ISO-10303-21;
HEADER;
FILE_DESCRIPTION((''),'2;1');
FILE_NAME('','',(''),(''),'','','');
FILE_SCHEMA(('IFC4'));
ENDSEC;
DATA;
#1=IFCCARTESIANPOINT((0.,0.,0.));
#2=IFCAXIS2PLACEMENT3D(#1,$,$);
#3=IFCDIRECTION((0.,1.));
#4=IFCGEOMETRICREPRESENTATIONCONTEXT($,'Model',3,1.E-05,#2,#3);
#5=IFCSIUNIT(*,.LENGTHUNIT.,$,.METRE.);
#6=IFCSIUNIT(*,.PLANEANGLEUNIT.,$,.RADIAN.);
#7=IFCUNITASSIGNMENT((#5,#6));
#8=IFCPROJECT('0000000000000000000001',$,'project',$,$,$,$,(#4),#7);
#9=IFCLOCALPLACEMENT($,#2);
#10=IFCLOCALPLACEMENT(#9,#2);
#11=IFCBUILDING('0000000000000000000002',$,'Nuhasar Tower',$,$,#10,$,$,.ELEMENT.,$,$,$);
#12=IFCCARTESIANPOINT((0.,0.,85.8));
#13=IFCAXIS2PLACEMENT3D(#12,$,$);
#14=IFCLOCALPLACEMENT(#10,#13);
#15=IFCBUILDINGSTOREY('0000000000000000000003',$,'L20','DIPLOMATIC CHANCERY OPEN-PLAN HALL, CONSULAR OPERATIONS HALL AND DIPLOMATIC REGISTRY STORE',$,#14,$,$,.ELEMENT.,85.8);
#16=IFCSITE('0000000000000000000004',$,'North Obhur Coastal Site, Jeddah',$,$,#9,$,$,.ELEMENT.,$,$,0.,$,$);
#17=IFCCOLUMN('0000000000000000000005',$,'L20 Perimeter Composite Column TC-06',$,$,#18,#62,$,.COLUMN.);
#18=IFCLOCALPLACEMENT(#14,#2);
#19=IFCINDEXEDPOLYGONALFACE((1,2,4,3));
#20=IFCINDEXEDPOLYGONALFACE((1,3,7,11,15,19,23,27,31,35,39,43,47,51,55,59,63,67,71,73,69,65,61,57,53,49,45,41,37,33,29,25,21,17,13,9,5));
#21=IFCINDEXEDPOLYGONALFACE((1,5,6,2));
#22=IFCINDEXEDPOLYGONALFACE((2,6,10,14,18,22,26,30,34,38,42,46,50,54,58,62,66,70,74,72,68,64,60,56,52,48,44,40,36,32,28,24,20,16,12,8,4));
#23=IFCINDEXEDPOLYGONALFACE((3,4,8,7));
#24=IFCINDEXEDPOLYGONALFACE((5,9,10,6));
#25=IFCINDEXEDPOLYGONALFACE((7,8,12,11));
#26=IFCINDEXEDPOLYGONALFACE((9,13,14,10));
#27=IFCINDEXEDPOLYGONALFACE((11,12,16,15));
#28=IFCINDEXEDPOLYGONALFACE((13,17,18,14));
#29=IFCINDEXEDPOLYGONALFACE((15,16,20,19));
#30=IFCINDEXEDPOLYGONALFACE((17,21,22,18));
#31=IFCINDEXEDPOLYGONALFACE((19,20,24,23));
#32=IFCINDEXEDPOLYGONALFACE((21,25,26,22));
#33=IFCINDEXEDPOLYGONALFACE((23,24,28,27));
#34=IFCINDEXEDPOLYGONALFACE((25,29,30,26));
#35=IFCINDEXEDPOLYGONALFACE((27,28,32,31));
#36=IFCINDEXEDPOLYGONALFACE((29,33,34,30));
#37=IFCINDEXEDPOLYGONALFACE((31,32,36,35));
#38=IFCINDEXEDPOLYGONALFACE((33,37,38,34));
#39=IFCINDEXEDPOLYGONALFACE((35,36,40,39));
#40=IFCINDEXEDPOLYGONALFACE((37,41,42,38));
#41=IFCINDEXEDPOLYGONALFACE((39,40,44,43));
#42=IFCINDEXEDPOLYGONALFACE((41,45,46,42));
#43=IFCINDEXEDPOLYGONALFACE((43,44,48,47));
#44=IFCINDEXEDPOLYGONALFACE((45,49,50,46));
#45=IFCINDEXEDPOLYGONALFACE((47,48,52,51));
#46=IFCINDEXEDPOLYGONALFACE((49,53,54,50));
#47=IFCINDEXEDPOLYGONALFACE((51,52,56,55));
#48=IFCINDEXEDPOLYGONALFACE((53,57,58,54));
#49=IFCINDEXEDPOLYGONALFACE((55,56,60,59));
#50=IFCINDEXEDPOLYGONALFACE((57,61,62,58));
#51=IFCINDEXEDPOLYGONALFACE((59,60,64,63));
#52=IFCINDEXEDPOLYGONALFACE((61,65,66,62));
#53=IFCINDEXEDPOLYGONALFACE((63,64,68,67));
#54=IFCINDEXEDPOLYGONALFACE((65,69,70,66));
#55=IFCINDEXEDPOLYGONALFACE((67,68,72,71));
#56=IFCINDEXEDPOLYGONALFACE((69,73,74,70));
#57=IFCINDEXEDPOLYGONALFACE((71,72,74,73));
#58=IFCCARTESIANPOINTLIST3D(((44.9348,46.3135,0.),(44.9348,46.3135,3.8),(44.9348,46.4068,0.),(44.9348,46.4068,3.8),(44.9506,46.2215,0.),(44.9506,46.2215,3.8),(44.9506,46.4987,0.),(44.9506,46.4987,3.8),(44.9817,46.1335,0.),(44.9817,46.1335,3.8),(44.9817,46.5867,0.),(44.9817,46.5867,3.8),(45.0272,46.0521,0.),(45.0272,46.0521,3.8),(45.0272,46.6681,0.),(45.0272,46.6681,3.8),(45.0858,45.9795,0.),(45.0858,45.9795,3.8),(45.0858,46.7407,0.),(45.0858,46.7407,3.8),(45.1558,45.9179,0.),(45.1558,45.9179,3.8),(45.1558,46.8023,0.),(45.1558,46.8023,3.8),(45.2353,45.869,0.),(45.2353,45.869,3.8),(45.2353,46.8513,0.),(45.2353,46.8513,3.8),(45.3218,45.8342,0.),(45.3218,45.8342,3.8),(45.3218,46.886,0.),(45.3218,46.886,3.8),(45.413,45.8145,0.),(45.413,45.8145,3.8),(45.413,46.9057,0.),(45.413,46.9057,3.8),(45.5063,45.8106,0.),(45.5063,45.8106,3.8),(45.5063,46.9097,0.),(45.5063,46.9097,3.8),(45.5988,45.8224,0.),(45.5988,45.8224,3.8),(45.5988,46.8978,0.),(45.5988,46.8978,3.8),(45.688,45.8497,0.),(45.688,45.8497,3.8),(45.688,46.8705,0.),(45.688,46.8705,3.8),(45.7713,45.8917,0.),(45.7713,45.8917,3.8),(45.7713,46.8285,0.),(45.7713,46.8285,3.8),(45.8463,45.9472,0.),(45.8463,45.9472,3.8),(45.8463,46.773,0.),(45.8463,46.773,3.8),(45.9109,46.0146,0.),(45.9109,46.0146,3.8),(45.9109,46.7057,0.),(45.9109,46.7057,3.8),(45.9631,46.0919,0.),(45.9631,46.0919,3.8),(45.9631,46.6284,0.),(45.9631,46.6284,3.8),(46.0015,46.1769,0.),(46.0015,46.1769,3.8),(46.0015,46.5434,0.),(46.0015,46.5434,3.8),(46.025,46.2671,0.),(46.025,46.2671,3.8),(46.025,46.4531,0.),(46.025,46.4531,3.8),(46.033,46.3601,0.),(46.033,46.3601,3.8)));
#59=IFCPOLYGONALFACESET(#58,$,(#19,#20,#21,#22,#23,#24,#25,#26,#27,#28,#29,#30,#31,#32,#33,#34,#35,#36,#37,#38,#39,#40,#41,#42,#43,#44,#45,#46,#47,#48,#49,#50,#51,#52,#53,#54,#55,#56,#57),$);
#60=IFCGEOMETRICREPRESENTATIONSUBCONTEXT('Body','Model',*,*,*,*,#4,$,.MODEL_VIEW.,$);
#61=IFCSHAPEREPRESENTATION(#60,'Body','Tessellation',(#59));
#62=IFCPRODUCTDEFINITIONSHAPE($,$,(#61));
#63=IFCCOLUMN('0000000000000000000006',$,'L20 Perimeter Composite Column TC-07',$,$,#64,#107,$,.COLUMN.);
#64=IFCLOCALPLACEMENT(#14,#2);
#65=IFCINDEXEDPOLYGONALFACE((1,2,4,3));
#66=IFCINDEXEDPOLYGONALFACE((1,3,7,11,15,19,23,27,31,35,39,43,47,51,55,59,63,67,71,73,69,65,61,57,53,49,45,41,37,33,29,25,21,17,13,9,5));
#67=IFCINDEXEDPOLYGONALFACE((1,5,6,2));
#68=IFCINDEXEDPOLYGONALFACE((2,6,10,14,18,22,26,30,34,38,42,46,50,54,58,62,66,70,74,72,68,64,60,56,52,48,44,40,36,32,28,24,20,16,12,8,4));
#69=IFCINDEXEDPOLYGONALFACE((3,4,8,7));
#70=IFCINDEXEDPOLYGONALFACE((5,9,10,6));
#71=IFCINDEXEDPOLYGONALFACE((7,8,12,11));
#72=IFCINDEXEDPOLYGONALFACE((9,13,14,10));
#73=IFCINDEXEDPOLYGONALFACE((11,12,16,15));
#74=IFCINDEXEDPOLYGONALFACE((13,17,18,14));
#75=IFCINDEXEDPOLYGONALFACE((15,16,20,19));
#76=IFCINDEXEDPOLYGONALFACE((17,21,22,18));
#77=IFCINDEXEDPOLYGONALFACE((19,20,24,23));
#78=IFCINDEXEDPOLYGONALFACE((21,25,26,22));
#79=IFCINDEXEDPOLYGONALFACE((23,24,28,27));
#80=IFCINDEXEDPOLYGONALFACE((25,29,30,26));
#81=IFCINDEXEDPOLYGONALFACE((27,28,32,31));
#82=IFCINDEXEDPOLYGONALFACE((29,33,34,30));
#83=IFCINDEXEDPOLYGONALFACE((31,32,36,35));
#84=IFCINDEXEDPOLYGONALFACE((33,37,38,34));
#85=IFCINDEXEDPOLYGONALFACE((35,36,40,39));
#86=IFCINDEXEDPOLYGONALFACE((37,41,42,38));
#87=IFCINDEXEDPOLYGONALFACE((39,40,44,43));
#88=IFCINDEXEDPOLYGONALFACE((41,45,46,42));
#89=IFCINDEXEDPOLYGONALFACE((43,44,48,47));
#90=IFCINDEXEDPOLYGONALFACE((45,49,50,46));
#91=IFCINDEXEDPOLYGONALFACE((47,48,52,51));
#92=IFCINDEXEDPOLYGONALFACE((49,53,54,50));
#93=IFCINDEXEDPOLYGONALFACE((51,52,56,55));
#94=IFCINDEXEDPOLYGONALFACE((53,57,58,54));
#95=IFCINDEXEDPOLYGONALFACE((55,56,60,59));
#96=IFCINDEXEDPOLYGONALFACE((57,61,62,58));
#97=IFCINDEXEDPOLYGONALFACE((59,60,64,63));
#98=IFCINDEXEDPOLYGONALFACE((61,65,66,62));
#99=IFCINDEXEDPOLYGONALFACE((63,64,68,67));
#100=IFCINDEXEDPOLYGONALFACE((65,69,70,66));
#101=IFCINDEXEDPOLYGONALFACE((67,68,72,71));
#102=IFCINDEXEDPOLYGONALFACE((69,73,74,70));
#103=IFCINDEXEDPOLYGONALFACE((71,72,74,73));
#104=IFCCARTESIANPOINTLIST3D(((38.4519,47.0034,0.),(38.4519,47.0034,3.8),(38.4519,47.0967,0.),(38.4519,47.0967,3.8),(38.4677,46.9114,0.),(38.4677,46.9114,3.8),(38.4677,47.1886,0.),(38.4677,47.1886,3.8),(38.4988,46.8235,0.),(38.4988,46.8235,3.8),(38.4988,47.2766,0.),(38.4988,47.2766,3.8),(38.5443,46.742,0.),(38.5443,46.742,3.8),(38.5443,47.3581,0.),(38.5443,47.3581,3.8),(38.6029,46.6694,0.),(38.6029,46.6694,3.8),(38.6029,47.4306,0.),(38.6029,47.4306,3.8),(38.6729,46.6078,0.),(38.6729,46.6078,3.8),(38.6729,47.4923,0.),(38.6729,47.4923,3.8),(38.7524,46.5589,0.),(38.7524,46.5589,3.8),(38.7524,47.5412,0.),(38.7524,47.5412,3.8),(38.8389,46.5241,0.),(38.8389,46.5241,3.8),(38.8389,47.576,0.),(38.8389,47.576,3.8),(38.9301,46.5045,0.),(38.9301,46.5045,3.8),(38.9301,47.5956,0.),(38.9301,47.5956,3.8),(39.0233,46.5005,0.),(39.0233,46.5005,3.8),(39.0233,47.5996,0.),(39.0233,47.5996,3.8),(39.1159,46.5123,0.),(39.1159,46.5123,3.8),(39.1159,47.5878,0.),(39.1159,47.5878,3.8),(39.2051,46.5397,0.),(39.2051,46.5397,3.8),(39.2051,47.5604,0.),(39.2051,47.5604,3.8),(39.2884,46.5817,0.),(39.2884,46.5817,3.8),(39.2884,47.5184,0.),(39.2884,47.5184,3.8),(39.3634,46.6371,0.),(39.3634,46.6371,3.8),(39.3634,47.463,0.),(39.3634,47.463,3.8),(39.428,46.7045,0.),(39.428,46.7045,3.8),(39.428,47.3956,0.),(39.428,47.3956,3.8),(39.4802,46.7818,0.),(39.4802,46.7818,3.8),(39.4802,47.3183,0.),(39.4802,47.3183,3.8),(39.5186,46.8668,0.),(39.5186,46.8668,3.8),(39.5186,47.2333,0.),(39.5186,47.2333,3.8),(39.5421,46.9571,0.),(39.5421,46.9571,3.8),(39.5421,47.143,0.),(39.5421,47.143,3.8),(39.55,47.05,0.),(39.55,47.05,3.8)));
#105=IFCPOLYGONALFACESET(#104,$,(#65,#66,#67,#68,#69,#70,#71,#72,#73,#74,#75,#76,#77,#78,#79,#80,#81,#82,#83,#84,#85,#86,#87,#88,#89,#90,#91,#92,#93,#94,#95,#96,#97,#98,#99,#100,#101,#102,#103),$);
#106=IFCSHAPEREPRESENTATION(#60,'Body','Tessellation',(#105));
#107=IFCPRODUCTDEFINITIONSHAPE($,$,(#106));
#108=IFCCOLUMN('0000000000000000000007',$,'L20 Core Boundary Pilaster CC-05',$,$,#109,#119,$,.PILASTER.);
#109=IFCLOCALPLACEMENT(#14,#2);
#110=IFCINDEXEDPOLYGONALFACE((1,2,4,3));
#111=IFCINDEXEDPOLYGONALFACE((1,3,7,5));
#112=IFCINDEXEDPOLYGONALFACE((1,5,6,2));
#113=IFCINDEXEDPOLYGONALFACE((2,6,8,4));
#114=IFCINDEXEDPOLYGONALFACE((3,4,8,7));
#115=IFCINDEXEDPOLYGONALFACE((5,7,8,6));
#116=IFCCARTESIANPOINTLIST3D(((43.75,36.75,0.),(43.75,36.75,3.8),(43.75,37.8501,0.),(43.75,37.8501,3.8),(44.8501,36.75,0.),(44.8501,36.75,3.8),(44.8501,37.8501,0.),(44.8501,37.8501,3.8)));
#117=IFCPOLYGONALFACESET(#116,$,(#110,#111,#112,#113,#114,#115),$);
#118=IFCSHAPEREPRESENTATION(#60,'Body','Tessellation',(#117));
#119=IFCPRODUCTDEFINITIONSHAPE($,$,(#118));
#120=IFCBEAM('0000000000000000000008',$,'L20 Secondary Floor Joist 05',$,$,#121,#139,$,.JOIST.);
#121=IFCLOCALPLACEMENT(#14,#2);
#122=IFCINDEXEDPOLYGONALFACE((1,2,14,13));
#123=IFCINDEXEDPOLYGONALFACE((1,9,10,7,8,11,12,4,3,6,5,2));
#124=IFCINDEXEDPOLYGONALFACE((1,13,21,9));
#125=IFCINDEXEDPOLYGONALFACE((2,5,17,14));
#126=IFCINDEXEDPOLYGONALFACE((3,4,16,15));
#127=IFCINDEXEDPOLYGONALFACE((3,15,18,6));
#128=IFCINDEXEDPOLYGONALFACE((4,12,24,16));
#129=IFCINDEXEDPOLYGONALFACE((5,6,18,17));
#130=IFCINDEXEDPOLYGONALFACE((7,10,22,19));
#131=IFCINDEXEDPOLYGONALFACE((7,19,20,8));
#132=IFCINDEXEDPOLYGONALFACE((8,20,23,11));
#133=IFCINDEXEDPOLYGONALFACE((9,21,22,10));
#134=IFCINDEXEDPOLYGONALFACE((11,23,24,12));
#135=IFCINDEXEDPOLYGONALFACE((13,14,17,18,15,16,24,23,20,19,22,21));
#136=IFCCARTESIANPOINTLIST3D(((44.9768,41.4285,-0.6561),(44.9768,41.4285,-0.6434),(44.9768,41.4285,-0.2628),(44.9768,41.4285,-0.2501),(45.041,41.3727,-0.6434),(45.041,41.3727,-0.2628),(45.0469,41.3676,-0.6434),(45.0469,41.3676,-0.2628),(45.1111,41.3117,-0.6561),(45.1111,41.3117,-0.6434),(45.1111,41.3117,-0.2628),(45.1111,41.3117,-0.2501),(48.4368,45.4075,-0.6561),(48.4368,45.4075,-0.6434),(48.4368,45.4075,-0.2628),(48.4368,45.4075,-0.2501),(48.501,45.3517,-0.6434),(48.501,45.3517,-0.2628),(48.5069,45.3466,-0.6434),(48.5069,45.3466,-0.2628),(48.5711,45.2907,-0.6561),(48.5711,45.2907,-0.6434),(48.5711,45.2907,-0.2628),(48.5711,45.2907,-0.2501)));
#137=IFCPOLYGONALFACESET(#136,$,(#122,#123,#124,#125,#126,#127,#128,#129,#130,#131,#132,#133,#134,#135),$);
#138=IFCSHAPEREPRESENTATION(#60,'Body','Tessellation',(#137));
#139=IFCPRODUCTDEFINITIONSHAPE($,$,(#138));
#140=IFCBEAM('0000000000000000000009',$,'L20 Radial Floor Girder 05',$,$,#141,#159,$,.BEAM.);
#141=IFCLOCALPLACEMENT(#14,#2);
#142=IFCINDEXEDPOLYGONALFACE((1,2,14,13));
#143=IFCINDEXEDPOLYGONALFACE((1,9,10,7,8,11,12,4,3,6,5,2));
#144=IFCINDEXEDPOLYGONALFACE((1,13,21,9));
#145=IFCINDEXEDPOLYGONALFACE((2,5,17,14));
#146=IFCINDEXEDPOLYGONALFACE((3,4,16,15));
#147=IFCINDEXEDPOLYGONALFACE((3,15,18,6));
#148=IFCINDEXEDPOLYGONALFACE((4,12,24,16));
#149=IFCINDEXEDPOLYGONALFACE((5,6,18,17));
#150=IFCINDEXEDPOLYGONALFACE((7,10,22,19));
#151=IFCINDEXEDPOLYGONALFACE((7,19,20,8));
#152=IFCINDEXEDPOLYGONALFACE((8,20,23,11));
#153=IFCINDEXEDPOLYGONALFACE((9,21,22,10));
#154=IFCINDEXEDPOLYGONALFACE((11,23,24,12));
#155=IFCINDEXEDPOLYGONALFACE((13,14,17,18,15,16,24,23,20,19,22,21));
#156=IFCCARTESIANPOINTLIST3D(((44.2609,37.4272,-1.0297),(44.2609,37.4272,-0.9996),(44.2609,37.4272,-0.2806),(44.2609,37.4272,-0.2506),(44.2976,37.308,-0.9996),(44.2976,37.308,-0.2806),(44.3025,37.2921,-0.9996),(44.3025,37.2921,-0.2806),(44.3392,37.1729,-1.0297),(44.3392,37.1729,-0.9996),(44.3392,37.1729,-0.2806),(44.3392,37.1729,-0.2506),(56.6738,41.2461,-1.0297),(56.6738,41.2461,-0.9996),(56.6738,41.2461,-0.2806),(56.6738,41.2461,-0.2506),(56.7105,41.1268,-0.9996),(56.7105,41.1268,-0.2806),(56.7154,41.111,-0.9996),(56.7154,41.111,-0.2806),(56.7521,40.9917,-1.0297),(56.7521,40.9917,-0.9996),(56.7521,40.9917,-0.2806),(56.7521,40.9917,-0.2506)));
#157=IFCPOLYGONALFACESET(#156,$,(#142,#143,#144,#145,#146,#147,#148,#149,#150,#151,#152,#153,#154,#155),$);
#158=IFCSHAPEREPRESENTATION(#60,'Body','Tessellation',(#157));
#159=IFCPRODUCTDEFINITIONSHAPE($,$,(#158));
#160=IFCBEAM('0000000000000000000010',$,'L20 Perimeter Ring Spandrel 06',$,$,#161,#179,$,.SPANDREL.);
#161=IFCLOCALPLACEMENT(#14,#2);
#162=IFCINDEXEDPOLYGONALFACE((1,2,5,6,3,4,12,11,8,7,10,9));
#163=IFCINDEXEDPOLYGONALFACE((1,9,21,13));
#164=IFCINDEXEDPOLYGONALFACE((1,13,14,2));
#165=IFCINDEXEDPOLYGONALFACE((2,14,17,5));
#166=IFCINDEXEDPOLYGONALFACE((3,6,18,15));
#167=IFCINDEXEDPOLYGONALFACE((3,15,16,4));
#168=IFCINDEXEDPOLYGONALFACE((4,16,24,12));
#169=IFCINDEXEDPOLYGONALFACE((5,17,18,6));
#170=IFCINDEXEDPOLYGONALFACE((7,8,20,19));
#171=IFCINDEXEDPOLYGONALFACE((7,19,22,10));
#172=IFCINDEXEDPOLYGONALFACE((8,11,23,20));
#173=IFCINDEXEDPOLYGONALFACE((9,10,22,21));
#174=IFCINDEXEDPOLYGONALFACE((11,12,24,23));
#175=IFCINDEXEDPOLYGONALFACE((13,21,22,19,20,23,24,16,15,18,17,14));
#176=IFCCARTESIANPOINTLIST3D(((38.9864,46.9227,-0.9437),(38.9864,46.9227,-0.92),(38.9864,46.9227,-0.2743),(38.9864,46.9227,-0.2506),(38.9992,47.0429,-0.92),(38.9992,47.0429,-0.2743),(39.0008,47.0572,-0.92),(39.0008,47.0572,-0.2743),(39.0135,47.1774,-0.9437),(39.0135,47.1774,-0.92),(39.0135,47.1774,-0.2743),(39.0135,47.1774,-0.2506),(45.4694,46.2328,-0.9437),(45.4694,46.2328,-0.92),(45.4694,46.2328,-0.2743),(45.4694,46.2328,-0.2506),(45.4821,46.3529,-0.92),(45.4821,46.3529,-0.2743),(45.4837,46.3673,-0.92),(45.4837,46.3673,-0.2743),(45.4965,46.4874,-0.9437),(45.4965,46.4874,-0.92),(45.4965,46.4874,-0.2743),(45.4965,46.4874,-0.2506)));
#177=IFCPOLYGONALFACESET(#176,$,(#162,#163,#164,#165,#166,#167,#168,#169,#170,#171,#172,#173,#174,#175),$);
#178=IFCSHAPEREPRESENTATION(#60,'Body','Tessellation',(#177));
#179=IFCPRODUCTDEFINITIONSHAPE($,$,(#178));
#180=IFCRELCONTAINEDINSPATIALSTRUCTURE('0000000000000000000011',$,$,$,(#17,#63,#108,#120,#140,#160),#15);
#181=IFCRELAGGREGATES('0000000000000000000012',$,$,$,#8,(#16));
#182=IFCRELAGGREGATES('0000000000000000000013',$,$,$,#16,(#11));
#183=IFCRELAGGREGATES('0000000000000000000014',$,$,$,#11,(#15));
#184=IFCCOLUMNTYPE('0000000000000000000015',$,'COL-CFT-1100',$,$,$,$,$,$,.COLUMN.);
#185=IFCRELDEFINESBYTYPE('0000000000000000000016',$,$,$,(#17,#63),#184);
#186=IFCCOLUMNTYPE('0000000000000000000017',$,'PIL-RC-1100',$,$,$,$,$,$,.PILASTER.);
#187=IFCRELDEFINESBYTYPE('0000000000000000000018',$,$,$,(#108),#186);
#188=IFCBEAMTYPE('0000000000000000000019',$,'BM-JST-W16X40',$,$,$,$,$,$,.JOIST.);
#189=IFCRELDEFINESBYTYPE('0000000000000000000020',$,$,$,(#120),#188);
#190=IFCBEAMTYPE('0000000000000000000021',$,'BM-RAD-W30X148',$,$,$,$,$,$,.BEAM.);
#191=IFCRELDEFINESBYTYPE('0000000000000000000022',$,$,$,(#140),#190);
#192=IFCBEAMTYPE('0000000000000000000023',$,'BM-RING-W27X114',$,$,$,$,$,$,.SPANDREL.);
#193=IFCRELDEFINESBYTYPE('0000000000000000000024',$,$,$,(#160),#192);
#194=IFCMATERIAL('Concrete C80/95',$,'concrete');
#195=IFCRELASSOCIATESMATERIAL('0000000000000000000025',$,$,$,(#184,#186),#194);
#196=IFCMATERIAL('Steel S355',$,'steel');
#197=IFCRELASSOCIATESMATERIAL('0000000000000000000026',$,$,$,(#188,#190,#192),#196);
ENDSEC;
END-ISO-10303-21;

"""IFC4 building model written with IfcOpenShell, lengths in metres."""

from ifc_helpers import new_model, si_unit, direction, frame, origin, origin_2d, place, context, subcontext, project, spatial, rectangle, circle, i_section, extrude, material, material_profile, profile_set, type_object, element, save


model = new_model("IFC4")

# Units and contexts
model_context = context("Model", 3, precision=1e-05, world=origin(), true_north=direction((0.0, 1.0)))
body_context = subcontext(model_context, "Body", "Model", "MODEL_VIEW")
ifc_project = project(units=[si_unit("LENGTHUNIT", "METRE"), si_unit("PLANEANGLEUNIT", "RADIAN")], contexts=[model_context])

# Site, building, storey
site_placement = place(None, origin())
site = spatial("IfcSite", under=ifc_project, at=site_placement, Name="North Obhur Coastal Site, Jeddah", CompositionType="ELEMENT", RefElevation=0.0)
building_placement = place(site_placement, origin())
building = spatial("IfcBuilding", under=site, at=building_placement, Name="Nuhasar Tower", CompositionType="ELEMENT")
storey_placement = place(building_placement, frame((0.0, 0.0, 85.8)))
storey = spatial("IfcBuildingStorey", under=building, at=storey_placement, Name="L20", Description="DIPLOMATIC CHANCERY OPEN-PLAN HALL, CONSULAR OPERATIONS HALL AND DIPLOMATIC REGISTRY STORE", CompositionType="ELEMENT", Elevation=85.8)

# Columns
ifc_material_1 = material(Name="Concrete C80/95", Category="concrete")
ifc_material_profile_1 = material_profile(ifc_material_1, circle(Radius=0.55, at=origin_2d()), Name="CFT1100")
ifc_profile_set_1 = profile_set([ifc_material_profile_1], Name="Concrete C80/95")
column_type_1 = type_object("IfcColumnType", Name="COL-CFT-1100", PredefinedType="COLUMN", material=ifc_profile_set_1)
for number, where, z_axis, x_axis, name in (
    (1, (45.4829, 46.3601, 0.0), (0.0, 0.0, 1.0), (1.0, 0.0, 0.0), "L20 Perimeter Composite Column TC-06"),
    (2, (39.0, 47.05, 0.0), (0.0, 0.0, 1.0), (1.0, 0.0, 0.0), "L20 Perimeter Composite Column TC-07"),
):
    element("IfcColumn", number, at=place(storey_placement, frame(where, z_axis=z_axis, x_axis=x_axis)), inside=storey, type_object=column_type_1, Name=name, PredefinedType="COLUMN", context=body_context, shape_type="SweptSolid", body=[
        extrude(circle(Radius=0.55, at=origin_2d()), origin(), (0.0, 0.0, 1.0), 3.8),
    ])
ifc_material_profile_2 = material_profile(ifc_material_1, rectangle(XDim=1.1001, YDim=1.1001, at=origin_2d()), Name="RC1100X1100")
ifc_profile_set_2 = profile_set([ifc_material_profile_2], Name="Concrete C80/95")
column_type_2 = type_object("IfcColumnType", Name="PIL-RC-1100", PredefinedType="PILASTER", material=ifc_profile_set_2)
column_placement = place(storey_placement, frame((44.3, 37.3, 0.0), z_axis=(0.0, 0.0, 1.0), x_axis=(1.0, 0.0, 0.0)))
element("IfcColumn", 3, at=column_placement, inside=storey, type_object=column_type_2, Name="L20 Core Boundary Pilaster CC-05", PredefinedType="PILASTER", context=body_context, shape_type="SweptSolid", body=[
    extrude(rectangle(XDim=1.1001, YDim=1.1001, at=origin_2d()), origin(), (0.0, 0.0, 1.0), 3.8),
])

# Beams
ifc_material_2 = material(Name="Steel S355", Category="steel")
ifc_material_profile_3 = material_profile(ifc_material_2, i_section(OverallWidth=0.178, OverallDepth=0.406, WebThickness=0.0078, FlangeThickness=0.0127, at=origin_2d()), Name="W16X40")
ifc_profile_set_3 = profile_set([ifc_material_profile_3], Name="Steel S355")
beam_type_1 = type_object("IfcBeamType", Name="BM-JST-W16X40", PredefinedType="JOIST", material=ifc_profile_set_3)
beam_1_placement = place(storey_placement, frame((45.0439, 41.3701, -0.4531), z_axis=(0.656174, 0.75461, 0.0), x_axis=(-0.75461, 0.656174, 0.0)))
element("IfcBeam", 4, at=beam_1_placement, inside=storey, type_object=beam_type_1, Name="L20 Secondary Floor Joist 05", PredefinedType="JOIST", context=body_context, shape_type="SweptSolid", body=[
    extrude(i_section(OverallWidth=0.178, OverallDepth=0.406, WebThickness=0.0078, FlangeThickness=0.0127, at=origin_2d()), origin(), (0.0, 0.0, 1.0), 5.2729),
])
ifc_material_profile_4 = material_profile(ifc_material_2, i_section(OverallWidth=0.2661, OverallDepth=0.7791, WebThickness=0.0166, FlangeThickness=0.03, at=origin_2d()), Name="W30X148")
ifc_profile_set_4 = profile_set([ifc_material_profile_4], Name="Steel S355")
beam_type_2 = type_object("IfcBeamType", Name="BM-RAD-W30X148", PredefinedType="BEAM", material=ifc_profile_set_4)
beam_2_placement = place(storey_placement, frame((44.3, 37.3, -0.6401), z_axis=(0.95579, 0.294052, 0.0), x_axis=(-0.294052, 0.95579, 0.0)))
element("IfcBeam", 5, at=beam_2_placement, inside=storey, type_object=beam_type_2, Name="L20 Radial Floor Girder 05", PredefinedType="BEAM", context=body_context, shape_type="SweptSolid", body=[
    extrude(i_section(OverallWidth=0.2661, OverallDepth=0.7791, WebThickness=0.0166, FlangeThickness=0.03, at=origin_2d()), origin(), (0.0, 0.0, 1.0), 12.9871),
])
ifc_material_profile_5 = material_profile(ifc_material_2, i_section(OverallWidth=0.2561, OverallDepth=0.6931, WebThickness=0.0144, FlangeThickness=0.0237, at=origin_2d()), Name="W27X114")
ifc_profile_set_5 = profile_set([ifc_material_profile_5], Name="Steel S355")
beam_type_3 = type_object("IfcBeamType", Name="BM-RING-W27X114", PredefinedType="SPANDREL", material=ifc_profile_set_5)
for number, where, z_axis, x_axis, name in (
    (6, (45.4829, 46.3601, -0.5972), (-0.994385, 0.105827, 0.0), (-0.105827, -0.994385, 0.0), "L20 Perimeter Ring Spandrel 06"),
):
    element("IfcBeam", number, at=place(storey_placement, frame(where, z_axis=z_axis, x_axis=x_axis)), inside=storey, type_object=beam_type_3, Name=name, PredefinedType="SPANDREL", context=body_context, shape_type="SweptSolid", body=[
        extrude(i_section(OverallWidth=0.2561, OverallDepth=0.6931, WebThickness=0.0144, FlangeThickness=0.0237, at=origin_2d()), origin(), (0.0, 0.0, 1.0), 6.5195),
    ])

save(model, "model.ifc")
